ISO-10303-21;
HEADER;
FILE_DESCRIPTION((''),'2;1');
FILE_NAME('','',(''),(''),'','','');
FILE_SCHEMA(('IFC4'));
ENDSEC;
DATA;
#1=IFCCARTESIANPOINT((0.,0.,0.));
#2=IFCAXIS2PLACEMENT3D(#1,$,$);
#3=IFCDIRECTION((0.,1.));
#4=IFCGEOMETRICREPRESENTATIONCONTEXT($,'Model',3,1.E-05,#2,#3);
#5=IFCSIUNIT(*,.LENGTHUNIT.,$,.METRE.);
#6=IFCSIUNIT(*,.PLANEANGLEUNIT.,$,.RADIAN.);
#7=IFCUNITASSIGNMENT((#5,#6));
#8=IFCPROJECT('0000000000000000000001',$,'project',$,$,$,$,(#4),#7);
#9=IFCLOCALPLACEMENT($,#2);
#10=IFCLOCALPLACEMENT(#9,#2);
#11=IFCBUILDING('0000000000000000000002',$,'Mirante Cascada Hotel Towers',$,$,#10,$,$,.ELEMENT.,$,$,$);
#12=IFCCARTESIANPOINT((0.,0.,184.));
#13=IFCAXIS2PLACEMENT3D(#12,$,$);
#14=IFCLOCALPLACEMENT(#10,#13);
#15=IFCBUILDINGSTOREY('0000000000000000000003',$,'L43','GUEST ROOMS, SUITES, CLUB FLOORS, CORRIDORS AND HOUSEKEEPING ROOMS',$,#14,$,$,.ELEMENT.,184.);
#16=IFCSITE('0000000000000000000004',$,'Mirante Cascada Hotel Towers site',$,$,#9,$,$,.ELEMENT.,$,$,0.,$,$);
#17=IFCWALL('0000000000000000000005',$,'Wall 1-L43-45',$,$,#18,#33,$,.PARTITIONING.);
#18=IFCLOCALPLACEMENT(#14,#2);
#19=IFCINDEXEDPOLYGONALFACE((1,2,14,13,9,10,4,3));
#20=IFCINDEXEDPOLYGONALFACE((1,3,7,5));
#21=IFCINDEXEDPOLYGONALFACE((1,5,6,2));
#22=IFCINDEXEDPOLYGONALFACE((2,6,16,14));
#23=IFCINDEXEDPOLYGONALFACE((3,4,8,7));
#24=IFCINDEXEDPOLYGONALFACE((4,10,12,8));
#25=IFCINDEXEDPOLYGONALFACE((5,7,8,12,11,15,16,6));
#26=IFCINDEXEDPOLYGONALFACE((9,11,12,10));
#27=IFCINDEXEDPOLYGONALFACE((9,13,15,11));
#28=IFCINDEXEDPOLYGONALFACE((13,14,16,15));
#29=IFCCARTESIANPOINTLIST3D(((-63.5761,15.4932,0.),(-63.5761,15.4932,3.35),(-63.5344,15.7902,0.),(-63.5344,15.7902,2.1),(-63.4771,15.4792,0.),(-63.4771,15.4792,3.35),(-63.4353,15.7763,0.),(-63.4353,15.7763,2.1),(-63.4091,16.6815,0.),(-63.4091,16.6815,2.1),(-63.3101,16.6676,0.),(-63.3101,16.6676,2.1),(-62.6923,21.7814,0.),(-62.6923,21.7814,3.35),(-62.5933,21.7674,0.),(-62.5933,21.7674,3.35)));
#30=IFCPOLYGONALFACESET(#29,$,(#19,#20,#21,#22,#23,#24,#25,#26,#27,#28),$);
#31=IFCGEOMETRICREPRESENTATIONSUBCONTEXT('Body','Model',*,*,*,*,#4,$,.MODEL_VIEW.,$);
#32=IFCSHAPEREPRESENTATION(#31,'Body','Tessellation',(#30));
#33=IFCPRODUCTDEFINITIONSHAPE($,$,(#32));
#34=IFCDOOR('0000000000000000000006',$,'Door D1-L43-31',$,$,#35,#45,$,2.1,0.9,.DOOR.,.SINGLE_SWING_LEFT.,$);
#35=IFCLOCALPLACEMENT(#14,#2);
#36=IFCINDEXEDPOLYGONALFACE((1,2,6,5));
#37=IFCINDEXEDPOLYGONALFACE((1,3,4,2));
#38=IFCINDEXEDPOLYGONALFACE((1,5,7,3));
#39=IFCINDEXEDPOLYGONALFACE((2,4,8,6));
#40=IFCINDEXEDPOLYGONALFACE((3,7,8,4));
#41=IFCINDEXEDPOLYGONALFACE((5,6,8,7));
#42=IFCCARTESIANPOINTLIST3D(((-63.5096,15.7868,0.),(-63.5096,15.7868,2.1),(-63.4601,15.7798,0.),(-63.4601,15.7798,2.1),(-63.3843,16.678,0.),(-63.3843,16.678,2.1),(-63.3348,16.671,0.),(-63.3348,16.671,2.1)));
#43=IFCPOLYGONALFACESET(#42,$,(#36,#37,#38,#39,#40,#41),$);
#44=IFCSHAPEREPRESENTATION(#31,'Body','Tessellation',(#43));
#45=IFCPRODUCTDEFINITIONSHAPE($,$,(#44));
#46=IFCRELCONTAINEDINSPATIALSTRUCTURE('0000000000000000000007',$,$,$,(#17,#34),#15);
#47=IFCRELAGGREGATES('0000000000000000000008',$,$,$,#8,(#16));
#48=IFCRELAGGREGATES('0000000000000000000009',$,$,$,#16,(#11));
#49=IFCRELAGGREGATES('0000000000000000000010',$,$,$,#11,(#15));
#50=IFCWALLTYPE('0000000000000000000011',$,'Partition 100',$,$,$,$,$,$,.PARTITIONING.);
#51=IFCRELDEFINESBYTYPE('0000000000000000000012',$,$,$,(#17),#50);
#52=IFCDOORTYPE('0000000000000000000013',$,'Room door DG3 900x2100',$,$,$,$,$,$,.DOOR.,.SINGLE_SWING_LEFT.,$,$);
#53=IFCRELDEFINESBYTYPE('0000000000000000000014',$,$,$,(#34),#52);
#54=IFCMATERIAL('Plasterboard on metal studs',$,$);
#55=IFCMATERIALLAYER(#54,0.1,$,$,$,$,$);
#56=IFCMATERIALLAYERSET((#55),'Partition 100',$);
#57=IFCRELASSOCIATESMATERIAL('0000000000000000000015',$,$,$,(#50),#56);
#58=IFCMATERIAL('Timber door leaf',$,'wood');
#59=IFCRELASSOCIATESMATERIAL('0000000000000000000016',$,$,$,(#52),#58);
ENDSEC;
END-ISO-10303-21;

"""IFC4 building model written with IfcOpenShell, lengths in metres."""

from ifc_helpers import new_model, si_unit, direction, frame, frame_2d, origin, place, context, subcontext, project, spatial, rectangle, extrude, material, layer, layer_set, type_object, element, fill, save


model = new_model("IFC4")

# Units and contexts
model_context = context("Model", 3, precision=1e-05, world=origin(), true_north=direction((0.0, 1.0)))
body_context = subcontext(model_context, "Body", "Model", "MODEL_VIEW")
ifc_project = project(units=[si_unit("LENGTHUNIT", "METRE"), si_unit("PLANEANGLEUNIT", "RADIAN")], contexts=[model_context])

# Site, building, storey
site_placement = place(None, origin())
site = spatial("IfcSite", under=ifc_project, at=site_placement, Name="Mirante Cascada Hotel Towers site", CompositionType="ELEMENT", RefElevation=0.0)
building_placement = place(site_placement, origin())
building = spatial("IfcBuilding", under=site, at=building_placement, Name="Mirante Cascada Hotel Towers", CompositionType="ELEMENT")
storey_placement = place(building_placement, frame((0.0, 0.0, 184.0)))
storey = spatial("IfcBuildingStorey", under=building, at=storey_placement, Name="L43", Description="GUEST ROOMS, SUITES, CLUB FLOORS, CORRIDORS AND HOUSEKEEPING ROOMS", CompositionType="ELEMENT", Elevation=184.0)

# Shared definitions
ifc_material_1 = material(Name="Plasterboard on metal studs")
ifc_layer_1 = layer(ifc_material_1, 0.1)
ifc_layer_set_1 = layer_set([ifc_layer_1], Name="Partition 100")
wall_type_1 = type_object("IfcWallType", Name="Partition 100", PredefinedType="PARTITIONING", material=ifc_layer_set_1)

# Wall, opening, door
wall_1_placement = place(storey_placement, frame((-62.6428, 21.7744, 0.0), z_axis=(0.0, 0.0, 1.0), x_axis=(-0.139181, -0.990267, 0.0)))
wall_1 = element("IfcWall", 1, at=wall_1_placement, inside=storey, type_object=wall_type_1, Name="Wall 1-L43-45", PredefinedType="PARTITIONING", context=body_context, shape_type="SweptSolid", body=[
    extrude(rectangle(XDim=6.35, YDim=0.1, at=frame_2d((3.175, 0.0))), origin(), (0.0, 0.0, 1.0), 3.35),
])
opening_placement = place(wall_1_placement, frame((5.15, 0.0, 0.0)))
opening = element("IfcOpeningElement", 2, at=opening_placement, cuts=wall_1, PredefinedType="OPENING", context=body_context, shape_type="SweptSolid", body=[
    extrude(rectangle(XDim=0.9, YDim=2.1, at=frame_2d((0.45, 1.05))), frame((0.0, 0.05, 0.0), z_axis=(0.0, -1.0, 0.0), x_axis=(1.0, 0.0, 0.0)), (0.0, 0.0, 1.0), 0.1),
])
ifc_material_2 = material(Name="Timber door leaf", Category="wood")
door_type = type_object("IfcDoorType", Name="Room door DG3 900x2100", OperationType="SINGLE_SWING_LEFT", PredefinedType="DOOR", material=ifc_material_2)
door_placement = place(opening_placement, origin())
door = element("IfcDoor", 3, at=door_placement, inside=storey, type_object=door_type, Name="Door D1-L43-31", OperationType="SINGLE_SWING_LEFT", OverallHeight=2.1, OverallWidth=0.9, PredefinedType="DOOR", context=body_context, shape_type="SweptSolid", body=[
    extrude(rectangle(XDim=0.9, YDim=2.1, at=frame_2d((0.45, 1.05))), frame((0.0, 0.025, 0.0), z_axis=(0.0, -1.0, 0.0), x_axis=(1.0, 0.0, 0.0)), (0.0, 0.0, 1.0), 0.05),
])
fill(opening, door)

save(model, "model.ifc")
